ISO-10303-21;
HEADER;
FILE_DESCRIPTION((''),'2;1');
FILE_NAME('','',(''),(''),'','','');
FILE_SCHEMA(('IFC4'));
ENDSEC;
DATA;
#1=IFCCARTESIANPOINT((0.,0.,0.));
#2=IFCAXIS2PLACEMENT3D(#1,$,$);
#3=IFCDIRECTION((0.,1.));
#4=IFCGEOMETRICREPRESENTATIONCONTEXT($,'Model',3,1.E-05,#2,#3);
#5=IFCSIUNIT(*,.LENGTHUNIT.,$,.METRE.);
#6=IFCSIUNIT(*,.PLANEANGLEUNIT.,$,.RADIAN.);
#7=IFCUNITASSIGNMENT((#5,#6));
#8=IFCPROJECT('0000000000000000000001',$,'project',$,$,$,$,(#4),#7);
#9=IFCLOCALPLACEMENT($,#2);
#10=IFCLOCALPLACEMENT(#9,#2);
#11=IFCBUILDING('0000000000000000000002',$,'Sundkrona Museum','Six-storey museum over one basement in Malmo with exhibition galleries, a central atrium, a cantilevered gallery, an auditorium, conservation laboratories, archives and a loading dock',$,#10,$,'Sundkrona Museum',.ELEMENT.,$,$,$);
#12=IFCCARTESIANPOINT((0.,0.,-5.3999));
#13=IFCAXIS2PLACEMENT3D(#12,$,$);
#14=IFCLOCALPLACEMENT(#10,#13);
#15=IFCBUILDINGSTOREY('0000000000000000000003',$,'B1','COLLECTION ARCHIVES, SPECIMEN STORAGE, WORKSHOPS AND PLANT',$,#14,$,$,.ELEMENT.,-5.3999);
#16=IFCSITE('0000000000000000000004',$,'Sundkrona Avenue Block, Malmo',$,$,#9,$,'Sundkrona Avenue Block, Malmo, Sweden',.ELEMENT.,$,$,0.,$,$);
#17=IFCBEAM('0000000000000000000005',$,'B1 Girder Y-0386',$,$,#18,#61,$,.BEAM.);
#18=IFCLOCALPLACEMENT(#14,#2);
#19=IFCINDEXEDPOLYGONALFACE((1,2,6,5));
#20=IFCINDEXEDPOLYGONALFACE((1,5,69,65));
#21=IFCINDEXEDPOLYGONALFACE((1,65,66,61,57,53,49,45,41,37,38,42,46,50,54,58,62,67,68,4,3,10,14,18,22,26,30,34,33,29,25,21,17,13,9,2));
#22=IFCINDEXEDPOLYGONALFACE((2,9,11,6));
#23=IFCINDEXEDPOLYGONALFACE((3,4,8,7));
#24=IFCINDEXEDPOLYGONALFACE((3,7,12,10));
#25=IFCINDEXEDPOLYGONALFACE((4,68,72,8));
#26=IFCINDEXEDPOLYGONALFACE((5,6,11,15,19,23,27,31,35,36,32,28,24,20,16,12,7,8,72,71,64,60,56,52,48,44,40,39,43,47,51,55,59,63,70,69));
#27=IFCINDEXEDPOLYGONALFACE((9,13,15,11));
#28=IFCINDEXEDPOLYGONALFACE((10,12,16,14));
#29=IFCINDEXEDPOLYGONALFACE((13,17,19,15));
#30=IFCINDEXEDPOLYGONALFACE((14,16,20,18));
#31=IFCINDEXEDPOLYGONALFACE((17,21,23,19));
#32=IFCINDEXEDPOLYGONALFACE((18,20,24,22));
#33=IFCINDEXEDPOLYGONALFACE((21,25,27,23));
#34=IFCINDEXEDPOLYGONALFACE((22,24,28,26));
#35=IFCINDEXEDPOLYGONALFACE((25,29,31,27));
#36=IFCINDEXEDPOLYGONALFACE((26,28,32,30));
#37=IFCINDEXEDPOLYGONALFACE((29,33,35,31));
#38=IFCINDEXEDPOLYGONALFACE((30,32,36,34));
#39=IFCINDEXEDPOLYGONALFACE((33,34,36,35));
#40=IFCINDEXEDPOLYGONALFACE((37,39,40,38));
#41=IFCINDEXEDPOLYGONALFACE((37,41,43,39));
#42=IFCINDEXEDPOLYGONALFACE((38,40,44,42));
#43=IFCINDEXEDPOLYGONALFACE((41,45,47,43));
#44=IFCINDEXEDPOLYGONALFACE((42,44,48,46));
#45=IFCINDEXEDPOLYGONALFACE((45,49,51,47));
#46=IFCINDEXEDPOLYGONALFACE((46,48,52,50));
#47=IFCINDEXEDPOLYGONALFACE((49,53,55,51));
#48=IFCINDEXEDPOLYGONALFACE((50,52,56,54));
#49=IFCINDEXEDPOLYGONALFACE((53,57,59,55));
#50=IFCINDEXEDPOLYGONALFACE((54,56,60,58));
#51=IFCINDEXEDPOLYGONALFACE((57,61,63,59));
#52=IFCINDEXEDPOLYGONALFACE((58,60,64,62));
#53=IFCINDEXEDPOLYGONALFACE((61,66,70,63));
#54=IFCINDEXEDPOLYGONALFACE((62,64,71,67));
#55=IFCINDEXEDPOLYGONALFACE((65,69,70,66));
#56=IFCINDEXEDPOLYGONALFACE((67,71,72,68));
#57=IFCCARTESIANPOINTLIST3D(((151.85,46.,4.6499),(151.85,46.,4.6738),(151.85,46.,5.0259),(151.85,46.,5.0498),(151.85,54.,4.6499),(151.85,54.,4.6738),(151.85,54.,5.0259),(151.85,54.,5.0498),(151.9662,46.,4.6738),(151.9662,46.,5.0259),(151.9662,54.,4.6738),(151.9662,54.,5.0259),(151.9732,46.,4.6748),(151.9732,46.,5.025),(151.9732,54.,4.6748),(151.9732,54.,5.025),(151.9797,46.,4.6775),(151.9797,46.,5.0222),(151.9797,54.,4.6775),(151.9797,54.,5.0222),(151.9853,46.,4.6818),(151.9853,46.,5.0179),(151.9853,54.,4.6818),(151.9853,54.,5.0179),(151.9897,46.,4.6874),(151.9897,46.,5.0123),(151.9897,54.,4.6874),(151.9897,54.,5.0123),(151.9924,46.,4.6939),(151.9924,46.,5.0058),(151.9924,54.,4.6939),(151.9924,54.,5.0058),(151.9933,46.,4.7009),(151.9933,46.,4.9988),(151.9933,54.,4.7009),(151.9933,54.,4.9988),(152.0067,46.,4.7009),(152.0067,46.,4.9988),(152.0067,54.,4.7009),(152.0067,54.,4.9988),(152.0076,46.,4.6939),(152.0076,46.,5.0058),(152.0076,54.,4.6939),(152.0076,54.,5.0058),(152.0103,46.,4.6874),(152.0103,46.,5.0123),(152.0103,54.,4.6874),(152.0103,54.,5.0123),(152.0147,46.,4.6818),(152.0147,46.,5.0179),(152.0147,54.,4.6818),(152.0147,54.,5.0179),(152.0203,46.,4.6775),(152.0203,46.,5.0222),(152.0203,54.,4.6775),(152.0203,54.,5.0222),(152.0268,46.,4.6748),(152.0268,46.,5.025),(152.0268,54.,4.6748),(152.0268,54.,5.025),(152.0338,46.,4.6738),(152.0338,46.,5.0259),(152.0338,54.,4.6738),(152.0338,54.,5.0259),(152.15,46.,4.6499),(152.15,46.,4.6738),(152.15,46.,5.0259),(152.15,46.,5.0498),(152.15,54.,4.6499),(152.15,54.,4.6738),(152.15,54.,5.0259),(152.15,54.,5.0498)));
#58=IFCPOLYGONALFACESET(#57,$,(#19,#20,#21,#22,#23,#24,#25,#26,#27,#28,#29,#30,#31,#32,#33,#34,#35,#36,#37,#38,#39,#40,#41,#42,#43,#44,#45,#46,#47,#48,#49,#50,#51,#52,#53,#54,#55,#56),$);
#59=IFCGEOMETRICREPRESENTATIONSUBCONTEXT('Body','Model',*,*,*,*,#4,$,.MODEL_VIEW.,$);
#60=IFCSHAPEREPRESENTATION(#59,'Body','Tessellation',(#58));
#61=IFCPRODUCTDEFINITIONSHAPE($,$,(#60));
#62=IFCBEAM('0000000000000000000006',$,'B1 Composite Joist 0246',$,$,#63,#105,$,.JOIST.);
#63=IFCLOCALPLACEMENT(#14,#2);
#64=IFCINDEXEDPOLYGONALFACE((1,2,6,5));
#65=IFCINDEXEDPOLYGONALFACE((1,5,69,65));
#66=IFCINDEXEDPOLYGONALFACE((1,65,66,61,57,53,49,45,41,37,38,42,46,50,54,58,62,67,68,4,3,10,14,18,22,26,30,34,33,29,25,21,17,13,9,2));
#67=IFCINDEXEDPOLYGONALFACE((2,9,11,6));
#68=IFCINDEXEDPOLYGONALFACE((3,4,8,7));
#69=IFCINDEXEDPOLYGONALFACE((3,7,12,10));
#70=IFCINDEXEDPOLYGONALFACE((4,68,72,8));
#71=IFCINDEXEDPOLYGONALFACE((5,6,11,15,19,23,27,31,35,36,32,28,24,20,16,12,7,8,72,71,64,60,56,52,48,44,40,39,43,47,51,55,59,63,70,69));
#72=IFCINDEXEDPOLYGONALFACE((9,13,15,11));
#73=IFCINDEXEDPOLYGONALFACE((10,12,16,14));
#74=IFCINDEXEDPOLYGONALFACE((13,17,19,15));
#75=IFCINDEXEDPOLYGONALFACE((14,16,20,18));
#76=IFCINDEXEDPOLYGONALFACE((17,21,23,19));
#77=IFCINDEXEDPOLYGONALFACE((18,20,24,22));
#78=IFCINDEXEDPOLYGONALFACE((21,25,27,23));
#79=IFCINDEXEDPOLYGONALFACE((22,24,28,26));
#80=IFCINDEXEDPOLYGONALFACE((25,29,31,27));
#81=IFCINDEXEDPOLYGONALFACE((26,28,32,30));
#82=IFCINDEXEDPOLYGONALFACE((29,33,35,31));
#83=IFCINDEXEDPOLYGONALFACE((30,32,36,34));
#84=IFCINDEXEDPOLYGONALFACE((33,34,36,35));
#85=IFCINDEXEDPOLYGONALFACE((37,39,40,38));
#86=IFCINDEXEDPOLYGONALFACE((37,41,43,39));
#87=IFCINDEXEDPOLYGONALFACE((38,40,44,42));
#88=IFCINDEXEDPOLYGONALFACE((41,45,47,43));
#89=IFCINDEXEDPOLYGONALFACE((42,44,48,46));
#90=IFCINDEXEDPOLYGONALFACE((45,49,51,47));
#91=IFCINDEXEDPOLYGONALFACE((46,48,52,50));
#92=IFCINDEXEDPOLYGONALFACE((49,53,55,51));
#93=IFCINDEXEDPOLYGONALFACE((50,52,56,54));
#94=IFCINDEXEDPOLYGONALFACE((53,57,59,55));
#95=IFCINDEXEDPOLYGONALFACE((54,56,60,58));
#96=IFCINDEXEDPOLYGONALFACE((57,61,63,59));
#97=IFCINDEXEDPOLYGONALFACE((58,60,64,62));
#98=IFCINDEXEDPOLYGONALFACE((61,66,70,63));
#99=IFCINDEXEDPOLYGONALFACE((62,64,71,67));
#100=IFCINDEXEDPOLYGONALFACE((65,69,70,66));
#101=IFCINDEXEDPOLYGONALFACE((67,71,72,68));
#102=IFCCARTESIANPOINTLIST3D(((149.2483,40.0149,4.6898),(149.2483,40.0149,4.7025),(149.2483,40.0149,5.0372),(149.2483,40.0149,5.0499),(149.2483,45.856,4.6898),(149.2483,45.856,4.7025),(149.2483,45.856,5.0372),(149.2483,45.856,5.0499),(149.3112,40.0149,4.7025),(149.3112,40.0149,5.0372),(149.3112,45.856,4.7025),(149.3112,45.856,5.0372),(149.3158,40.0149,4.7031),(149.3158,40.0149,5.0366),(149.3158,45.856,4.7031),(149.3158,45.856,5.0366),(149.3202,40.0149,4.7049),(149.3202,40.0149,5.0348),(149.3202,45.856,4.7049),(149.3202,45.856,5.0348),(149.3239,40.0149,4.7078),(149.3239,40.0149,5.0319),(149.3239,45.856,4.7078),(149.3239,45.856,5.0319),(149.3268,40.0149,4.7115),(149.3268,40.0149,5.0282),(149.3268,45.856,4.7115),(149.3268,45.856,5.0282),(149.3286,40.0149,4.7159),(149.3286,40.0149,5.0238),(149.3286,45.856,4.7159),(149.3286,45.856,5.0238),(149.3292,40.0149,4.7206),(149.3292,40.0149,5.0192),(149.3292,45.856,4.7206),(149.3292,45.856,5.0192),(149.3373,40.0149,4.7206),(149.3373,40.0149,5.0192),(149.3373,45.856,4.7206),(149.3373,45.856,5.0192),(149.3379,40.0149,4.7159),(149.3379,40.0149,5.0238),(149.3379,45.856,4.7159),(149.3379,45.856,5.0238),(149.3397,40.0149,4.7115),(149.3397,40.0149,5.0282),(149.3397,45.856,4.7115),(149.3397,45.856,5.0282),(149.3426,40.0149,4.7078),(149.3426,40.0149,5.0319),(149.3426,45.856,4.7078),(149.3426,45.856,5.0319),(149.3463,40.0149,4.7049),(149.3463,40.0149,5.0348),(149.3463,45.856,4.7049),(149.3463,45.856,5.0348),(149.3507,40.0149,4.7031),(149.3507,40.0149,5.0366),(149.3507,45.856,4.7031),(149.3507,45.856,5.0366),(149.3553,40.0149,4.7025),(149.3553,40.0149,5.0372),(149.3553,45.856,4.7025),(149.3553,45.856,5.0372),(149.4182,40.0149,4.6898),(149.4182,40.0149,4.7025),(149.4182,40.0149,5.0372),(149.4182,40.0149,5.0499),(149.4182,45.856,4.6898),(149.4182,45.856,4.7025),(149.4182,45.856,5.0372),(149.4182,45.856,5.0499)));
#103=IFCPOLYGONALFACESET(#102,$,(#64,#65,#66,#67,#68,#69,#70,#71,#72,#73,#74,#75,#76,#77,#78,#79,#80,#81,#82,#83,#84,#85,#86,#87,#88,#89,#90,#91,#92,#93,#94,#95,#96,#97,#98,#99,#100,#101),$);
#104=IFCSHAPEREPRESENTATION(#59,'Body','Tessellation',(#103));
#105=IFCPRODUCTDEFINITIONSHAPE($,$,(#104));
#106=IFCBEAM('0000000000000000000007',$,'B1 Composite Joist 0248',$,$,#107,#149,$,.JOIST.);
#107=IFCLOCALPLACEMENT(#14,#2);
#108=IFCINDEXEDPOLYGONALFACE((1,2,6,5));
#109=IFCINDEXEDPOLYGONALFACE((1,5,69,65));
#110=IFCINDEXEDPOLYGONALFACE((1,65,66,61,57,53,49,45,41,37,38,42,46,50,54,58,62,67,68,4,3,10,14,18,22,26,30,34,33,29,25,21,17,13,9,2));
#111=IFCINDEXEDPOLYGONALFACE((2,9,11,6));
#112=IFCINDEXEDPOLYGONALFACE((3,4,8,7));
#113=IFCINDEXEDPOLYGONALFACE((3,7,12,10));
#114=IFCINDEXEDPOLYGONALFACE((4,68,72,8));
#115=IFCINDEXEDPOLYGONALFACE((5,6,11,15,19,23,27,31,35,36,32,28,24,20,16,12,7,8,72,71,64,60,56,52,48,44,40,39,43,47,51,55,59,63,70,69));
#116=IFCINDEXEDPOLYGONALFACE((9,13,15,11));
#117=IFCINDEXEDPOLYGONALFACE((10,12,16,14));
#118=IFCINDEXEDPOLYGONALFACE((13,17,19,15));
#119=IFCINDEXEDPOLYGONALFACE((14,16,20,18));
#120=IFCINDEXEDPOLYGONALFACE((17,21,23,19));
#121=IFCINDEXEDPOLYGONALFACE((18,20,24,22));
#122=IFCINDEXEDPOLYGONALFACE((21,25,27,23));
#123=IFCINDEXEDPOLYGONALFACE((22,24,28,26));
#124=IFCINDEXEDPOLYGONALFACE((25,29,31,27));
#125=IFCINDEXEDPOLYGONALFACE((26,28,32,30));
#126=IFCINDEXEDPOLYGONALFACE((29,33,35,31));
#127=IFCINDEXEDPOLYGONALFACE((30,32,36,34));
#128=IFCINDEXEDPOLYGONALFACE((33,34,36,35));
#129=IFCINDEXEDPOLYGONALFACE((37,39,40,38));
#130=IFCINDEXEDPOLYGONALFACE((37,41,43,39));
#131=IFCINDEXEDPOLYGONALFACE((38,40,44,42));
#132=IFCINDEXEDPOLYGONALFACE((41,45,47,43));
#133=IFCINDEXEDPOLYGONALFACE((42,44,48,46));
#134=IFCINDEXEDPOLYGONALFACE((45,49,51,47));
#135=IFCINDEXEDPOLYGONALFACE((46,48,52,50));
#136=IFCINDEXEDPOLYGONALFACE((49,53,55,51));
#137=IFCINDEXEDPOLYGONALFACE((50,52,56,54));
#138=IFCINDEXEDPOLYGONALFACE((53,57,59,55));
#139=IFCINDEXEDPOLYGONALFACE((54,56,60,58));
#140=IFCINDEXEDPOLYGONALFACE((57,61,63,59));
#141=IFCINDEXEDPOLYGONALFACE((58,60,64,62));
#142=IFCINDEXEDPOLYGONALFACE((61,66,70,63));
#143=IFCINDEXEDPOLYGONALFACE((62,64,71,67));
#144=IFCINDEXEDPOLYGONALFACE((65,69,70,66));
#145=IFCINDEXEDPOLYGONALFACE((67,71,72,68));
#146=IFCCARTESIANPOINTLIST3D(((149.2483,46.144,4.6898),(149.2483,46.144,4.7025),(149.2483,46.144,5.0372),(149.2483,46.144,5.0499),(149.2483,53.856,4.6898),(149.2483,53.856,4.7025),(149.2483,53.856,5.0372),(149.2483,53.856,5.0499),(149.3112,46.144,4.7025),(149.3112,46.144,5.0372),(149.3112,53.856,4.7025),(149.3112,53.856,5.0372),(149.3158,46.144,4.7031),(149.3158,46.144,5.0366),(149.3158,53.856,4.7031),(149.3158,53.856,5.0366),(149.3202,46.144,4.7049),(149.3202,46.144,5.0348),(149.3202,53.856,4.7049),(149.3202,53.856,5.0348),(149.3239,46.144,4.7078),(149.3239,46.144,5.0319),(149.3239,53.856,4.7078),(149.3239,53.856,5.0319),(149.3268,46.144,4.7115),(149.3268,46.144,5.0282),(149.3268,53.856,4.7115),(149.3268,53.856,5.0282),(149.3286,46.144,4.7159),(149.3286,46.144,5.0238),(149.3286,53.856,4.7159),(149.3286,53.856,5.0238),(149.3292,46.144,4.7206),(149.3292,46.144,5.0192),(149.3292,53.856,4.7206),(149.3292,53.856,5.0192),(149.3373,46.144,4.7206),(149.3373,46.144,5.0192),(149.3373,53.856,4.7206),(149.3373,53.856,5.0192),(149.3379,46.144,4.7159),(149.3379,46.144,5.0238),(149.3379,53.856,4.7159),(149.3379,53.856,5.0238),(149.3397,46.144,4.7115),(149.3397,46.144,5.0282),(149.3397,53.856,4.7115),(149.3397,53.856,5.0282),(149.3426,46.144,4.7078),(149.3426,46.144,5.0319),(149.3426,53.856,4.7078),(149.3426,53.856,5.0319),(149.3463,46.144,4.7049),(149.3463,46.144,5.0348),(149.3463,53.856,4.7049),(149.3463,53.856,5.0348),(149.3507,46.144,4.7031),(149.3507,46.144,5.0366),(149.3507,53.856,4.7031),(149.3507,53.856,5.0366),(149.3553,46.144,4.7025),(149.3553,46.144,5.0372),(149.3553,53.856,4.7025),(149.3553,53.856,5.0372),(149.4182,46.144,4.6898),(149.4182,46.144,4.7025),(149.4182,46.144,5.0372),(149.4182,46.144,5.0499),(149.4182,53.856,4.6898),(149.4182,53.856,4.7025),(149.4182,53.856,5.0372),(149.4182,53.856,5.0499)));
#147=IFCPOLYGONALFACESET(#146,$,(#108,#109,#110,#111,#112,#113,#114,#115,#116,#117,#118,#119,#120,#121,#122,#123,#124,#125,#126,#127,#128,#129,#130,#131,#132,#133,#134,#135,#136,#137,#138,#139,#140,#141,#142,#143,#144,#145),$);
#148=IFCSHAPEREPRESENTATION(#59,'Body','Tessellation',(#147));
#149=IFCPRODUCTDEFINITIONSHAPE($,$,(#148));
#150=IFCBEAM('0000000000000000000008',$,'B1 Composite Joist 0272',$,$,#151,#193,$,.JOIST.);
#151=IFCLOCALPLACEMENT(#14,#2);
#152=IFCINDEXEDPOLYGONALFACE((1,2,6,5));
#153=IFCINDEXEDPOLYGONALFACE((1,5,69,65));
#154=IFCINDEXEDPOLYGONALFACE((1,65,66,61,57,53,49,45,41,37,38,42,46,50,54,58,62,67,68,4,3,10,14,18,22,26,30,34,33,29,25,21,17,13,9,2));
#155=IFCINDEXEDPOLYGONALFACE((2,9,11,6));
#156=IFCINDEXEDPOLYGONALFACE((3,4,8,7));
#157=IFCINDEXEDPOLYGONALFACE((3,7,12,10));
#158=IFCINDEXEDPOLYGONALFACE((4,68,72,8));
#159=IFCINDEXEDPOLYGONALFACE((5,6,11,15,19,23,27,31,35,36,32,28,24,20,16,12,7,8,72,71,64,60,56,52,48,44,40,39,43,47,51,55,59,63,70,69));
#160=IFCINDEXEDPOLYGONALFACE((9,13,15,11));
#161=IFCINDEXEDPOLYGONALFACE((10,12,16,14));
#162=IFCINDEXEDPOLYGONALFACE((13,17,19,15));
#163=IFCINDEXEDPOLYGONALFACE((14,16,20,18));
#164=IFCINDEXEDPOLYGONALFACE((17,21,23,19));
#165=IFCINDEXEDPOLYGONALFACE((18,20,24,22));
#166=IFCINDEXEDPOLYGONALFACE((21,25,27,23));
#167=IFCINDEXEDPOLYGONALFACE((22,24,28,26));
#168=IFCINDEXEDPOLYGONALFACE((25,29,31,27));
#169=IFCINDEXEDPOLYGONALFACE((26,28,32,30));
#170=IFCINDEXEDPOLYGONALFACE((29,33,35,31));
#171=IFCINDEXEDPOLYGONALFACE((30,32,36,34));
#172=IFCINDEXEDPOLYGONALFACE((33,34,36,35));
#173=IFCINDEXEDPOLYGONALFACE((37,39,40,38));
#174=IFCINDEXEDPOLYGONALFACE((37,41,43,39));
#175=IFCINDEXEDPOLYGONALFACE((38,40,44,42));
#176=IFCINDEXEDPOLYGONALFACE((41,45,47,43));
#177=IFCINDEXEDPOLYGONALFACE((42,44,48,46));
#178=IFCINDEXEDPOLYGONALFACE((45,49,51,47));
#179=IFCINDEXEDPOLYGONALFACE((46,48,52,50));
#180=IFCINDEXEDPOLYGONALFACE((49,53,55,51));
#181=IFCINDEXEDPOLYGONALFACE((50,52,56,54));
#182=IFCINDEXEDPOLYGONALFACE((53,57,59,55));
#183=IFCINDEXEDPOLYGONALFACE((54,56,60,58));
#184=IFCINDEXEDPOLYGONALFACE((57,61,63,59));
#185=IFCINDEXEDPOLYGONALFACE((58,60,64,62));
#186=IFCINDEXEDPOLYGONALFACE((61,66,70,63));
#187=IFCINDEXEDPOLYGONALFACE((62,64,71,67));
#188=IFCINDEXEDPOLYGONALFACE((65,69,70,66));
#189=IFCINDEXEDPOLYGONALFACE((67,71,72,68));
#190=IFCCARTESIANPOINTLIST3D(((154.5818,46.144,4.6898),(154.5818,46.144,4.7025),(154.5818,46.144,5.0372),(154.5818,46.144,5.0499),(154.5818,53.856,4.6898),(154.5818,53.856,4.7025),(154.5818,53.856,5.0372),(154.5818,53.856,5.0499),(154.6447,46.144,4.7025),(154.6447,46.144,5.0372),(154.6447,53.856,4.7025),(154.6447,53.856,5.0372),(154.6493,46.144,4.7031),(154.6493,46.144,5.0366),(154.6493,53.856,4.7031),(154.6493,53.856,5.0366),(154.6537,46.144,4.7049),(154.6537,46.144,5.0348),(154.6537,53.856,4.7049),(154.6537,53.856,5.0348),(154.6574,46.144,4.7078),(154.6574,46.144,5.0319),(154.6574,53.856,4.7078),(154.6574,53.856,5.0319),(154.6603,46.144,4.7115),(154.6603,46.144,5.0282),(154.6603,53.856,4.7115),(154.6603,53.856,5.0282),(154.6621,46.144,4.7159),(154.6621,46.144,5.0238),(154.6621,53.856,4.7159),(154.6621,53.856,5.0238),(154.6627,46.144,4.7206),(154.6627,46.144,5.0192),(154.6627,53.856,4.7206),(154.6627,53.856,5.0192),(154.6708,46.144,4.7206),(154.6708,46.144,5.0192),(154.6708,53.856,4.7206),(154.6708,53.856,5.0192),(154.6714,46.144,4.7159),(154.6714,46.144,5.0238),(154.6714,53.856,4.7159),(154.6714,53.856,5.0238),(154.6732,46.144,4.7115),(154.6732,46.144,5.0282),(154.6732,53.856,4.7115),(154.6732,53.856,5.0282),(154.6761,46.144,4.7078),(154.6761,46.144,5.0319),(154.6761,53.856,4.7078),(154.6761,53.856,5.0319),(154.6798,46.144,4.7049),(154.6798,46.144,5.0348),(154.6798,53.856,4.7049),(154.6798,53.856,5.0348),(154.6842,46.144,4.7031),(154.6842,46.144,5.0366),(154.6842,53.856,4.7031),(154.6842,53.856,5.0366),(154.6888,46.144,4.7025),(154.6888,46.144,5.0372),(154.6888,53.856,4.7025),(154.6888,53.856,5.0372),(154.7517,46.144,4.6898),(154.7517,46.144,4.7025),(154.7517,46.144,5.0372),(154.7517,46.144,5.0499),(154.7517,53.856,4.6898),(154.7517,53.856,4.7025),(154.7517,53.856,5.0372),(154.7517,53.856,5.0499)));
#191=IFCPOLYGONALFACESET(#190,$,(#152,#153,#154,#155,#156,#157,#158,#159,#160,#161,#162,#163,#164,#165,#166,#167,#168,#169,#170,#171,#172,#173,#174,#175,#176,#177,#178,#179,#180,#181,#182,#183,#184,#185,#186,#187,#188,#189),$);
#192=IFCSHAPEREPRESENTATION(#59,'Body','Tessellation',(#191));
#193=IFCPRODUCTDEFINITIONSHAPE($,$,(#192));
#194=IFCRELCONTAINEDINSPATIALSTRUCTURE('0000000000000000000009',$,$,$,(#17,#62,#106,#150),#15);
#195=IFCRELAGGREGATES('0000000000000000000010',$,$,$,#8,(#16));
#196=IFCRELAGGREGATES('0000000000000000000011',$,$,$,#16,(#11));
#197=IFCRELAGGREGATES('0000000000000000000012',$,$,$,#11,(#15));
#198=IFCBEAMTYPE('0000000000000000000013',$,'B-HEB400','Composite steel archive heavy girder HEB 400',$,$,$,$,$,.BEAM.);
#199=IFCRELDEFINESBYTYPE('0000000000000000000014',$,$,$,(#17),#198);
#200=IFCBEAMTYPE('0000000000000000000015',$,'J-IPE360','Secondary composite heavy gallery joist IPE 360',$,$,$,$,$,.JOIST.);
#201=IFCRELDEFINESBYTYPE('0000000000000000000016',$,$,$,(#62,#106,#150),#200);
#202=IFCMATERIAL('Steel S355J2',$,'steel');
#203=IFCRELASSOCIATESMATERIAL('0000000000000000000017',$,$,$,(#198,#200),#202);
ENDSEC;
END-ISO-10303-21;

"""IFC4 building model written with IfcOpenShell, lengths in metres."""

from ifc_helpers import new_model, si_unit, direction, frame, origin, origin_2d, place, context, subcontext, project, spatial, i_section, extrude, material, material_profile, profile_set, type_object, element, save


model = new_model("IFC4")

# Units and contexts
model_context = context("Model", 3, precision=1e-05, world=origin(), true_north=direction((0.0, 1.0)))
body_context = subcontext(model_context, "Body", "Model", "MODEL_VIEW")
ifc_project = project(units=[si_unit("LENGTHUNIT", "METRE"), si_unit("PLANEANGLEUNIT", "RADIAN")], contexts=[model_context])

# Site, building, storey
site_placement = place(None, origin())
site = spatial("IfcSite", under=ifc_project, at=site_placement, Name="Sundkrona Avenue Block, Malmo", LongName="Sundkrona Avenue Block, Malmo, Sweden", CompositionType="ELEMENT", RefElevation=0.0)
building_placement = place(site_placement, origin())
building = spatial("IfcBuilding", under=site, at=building_placement, Name="Sundkrona Museum", Description="Six-storey museum over one basement in Malmo with exhibition galleries, a central atrium, a cantilevered gallery, an auditorium, conservation laboratories, archives and a loading dock", LongName="Sundkrona Museum", CompositionType="ELEMENT")
storey_placement = place(building_placement, frame((0.0, 0.0, -5.3999)))
storey = spatial("IfcBuildingStorey", under=building, at=storey_placement, Name="B1", Description="COLLECTION ARCHIVES, SPECIMEN STORAGE, WORKSHOPS AND PLANT", CompositionType="ELEMENT", Elevation=-5.3999)

# Beams
ifc_material_1 = material(Name="Steel S355J2", Category="steel")
ifc_material_profile_1 = material_profile(ifc_material_1, i_section(OverallWidth=0.3, OverallDepth=0.3999, WebThickness=0.0134, FlangeThickness=0.0239, FilletRadius=0.0271, at=origin_2d()), Name="HEB 400")
ifc_profile_set_1 = profile_set([ifc_material_profile_1], Name="Steel S355J2")
beam_type_1 = type_object("IfcBeamType", Name="B-HEB400", Description="Composite steel archive heavy girder HEB 400", PredefinedType="BEAM", material=ifc_profile_set_1)
for number, where, z_axis, x_axis, name in (
    (1, (152.0, 46.0, 4.8499), (0.0, 1.0, 0.0), (-1.0, 0.0, 0.0), "B1 Girder Y-0386"),
):
    element("IfcBeam", number, at=place(storey_placement, frame(where, z_axis=z_axis, x_axis=x_axis)), inside=storey, type_object=beam_type_1, Name=name, PredefinedType="BEAM", context=body_context, shape_type="SweptSolid", body=[
        extrude(i_section(OverallWidth=0.3, OverallDepth=0.3999, WebThickness=0.0134, FlangeThickness=0.0239, FilletRadius=0.0271, at=origin_2d()), origin(), (0.0, 0.0, 1.0), 8.0),
    ])
ifc_material_profile_2 = material_profile(ifc_material_1, i_section(OverallWidth=0.1699, OverallDepth=0.3601, WebThickness=0.0081, FlangeThickness=0.0127, FilletRadius=0.0181, at=origin_2d()), Name="IPE 360")
ifc_profile_set_2 = profile_set([ifc_material_profile_2], Name="Steel S355J2")
beam_type_2 = type_object("IfcBeamType", Name="J-IPE360", Description="Secondary composite heavy gallery joist IPE 360", PredefinedType="JOIST", material=ifc_profile_set_2)
beam_placement = place(storey_placement, frame((149.3333, 40.0149, 4.8699), z_axis=(0.0, 1.0, 0.0), x_axis=(-1.0, 0.0, 0.0)))
element("IfcBeam", 2, at=beam_placement, inside=storey, type_object=beam_type_2, Name="B1 Composite Joist 0246", PredefinedType="JOIST", context=body_context, shape_type="SweptSolid", body=[
    extrude(i_section(OverallWidth=0.1699, OverallDepth=0.3601, WebThickness=0.0081, FlangeThickness=0.0127, FilletRadius=0.0181, at=origin_2d()), origin(), (0.0, 0.0, 1.0), 5.8411),
])
for number, where, z_axis, x_axis, name in (
    (3, (149.3333, 46.144, 4.8699), (0.0, 1.0, 0.0), (-1.0, 0.0, 0.0), "B1 Composite Joist 0248"),
    (4, (154.6667, 46.144, 4.8699), (0.0, 1.0, 0.0), (-1.0, 0.0, 0.0), "B1 Composite Joist 0272"),
):
    element("IfcBeam", number, at=place(storey_placement, frame(where, z_axis=z_axis, x_axis=x_axis)), inside=storey, type_object=beam_type_2, Name=name, PredefinedType="JOIST", context=body_context, shape_type="SweptSolid", body=[
        extrude(i_section(OverallWidth=0.1699, OverallDepth=0.3601, WebThickness=0.0081, FlangeThickness=0.0127, FilletRadius=0.0181, at=origin_2d()), origin(), (0.0, 0.0, 1.0), 7.7119),
    ])

save(model, "model.ifc")
